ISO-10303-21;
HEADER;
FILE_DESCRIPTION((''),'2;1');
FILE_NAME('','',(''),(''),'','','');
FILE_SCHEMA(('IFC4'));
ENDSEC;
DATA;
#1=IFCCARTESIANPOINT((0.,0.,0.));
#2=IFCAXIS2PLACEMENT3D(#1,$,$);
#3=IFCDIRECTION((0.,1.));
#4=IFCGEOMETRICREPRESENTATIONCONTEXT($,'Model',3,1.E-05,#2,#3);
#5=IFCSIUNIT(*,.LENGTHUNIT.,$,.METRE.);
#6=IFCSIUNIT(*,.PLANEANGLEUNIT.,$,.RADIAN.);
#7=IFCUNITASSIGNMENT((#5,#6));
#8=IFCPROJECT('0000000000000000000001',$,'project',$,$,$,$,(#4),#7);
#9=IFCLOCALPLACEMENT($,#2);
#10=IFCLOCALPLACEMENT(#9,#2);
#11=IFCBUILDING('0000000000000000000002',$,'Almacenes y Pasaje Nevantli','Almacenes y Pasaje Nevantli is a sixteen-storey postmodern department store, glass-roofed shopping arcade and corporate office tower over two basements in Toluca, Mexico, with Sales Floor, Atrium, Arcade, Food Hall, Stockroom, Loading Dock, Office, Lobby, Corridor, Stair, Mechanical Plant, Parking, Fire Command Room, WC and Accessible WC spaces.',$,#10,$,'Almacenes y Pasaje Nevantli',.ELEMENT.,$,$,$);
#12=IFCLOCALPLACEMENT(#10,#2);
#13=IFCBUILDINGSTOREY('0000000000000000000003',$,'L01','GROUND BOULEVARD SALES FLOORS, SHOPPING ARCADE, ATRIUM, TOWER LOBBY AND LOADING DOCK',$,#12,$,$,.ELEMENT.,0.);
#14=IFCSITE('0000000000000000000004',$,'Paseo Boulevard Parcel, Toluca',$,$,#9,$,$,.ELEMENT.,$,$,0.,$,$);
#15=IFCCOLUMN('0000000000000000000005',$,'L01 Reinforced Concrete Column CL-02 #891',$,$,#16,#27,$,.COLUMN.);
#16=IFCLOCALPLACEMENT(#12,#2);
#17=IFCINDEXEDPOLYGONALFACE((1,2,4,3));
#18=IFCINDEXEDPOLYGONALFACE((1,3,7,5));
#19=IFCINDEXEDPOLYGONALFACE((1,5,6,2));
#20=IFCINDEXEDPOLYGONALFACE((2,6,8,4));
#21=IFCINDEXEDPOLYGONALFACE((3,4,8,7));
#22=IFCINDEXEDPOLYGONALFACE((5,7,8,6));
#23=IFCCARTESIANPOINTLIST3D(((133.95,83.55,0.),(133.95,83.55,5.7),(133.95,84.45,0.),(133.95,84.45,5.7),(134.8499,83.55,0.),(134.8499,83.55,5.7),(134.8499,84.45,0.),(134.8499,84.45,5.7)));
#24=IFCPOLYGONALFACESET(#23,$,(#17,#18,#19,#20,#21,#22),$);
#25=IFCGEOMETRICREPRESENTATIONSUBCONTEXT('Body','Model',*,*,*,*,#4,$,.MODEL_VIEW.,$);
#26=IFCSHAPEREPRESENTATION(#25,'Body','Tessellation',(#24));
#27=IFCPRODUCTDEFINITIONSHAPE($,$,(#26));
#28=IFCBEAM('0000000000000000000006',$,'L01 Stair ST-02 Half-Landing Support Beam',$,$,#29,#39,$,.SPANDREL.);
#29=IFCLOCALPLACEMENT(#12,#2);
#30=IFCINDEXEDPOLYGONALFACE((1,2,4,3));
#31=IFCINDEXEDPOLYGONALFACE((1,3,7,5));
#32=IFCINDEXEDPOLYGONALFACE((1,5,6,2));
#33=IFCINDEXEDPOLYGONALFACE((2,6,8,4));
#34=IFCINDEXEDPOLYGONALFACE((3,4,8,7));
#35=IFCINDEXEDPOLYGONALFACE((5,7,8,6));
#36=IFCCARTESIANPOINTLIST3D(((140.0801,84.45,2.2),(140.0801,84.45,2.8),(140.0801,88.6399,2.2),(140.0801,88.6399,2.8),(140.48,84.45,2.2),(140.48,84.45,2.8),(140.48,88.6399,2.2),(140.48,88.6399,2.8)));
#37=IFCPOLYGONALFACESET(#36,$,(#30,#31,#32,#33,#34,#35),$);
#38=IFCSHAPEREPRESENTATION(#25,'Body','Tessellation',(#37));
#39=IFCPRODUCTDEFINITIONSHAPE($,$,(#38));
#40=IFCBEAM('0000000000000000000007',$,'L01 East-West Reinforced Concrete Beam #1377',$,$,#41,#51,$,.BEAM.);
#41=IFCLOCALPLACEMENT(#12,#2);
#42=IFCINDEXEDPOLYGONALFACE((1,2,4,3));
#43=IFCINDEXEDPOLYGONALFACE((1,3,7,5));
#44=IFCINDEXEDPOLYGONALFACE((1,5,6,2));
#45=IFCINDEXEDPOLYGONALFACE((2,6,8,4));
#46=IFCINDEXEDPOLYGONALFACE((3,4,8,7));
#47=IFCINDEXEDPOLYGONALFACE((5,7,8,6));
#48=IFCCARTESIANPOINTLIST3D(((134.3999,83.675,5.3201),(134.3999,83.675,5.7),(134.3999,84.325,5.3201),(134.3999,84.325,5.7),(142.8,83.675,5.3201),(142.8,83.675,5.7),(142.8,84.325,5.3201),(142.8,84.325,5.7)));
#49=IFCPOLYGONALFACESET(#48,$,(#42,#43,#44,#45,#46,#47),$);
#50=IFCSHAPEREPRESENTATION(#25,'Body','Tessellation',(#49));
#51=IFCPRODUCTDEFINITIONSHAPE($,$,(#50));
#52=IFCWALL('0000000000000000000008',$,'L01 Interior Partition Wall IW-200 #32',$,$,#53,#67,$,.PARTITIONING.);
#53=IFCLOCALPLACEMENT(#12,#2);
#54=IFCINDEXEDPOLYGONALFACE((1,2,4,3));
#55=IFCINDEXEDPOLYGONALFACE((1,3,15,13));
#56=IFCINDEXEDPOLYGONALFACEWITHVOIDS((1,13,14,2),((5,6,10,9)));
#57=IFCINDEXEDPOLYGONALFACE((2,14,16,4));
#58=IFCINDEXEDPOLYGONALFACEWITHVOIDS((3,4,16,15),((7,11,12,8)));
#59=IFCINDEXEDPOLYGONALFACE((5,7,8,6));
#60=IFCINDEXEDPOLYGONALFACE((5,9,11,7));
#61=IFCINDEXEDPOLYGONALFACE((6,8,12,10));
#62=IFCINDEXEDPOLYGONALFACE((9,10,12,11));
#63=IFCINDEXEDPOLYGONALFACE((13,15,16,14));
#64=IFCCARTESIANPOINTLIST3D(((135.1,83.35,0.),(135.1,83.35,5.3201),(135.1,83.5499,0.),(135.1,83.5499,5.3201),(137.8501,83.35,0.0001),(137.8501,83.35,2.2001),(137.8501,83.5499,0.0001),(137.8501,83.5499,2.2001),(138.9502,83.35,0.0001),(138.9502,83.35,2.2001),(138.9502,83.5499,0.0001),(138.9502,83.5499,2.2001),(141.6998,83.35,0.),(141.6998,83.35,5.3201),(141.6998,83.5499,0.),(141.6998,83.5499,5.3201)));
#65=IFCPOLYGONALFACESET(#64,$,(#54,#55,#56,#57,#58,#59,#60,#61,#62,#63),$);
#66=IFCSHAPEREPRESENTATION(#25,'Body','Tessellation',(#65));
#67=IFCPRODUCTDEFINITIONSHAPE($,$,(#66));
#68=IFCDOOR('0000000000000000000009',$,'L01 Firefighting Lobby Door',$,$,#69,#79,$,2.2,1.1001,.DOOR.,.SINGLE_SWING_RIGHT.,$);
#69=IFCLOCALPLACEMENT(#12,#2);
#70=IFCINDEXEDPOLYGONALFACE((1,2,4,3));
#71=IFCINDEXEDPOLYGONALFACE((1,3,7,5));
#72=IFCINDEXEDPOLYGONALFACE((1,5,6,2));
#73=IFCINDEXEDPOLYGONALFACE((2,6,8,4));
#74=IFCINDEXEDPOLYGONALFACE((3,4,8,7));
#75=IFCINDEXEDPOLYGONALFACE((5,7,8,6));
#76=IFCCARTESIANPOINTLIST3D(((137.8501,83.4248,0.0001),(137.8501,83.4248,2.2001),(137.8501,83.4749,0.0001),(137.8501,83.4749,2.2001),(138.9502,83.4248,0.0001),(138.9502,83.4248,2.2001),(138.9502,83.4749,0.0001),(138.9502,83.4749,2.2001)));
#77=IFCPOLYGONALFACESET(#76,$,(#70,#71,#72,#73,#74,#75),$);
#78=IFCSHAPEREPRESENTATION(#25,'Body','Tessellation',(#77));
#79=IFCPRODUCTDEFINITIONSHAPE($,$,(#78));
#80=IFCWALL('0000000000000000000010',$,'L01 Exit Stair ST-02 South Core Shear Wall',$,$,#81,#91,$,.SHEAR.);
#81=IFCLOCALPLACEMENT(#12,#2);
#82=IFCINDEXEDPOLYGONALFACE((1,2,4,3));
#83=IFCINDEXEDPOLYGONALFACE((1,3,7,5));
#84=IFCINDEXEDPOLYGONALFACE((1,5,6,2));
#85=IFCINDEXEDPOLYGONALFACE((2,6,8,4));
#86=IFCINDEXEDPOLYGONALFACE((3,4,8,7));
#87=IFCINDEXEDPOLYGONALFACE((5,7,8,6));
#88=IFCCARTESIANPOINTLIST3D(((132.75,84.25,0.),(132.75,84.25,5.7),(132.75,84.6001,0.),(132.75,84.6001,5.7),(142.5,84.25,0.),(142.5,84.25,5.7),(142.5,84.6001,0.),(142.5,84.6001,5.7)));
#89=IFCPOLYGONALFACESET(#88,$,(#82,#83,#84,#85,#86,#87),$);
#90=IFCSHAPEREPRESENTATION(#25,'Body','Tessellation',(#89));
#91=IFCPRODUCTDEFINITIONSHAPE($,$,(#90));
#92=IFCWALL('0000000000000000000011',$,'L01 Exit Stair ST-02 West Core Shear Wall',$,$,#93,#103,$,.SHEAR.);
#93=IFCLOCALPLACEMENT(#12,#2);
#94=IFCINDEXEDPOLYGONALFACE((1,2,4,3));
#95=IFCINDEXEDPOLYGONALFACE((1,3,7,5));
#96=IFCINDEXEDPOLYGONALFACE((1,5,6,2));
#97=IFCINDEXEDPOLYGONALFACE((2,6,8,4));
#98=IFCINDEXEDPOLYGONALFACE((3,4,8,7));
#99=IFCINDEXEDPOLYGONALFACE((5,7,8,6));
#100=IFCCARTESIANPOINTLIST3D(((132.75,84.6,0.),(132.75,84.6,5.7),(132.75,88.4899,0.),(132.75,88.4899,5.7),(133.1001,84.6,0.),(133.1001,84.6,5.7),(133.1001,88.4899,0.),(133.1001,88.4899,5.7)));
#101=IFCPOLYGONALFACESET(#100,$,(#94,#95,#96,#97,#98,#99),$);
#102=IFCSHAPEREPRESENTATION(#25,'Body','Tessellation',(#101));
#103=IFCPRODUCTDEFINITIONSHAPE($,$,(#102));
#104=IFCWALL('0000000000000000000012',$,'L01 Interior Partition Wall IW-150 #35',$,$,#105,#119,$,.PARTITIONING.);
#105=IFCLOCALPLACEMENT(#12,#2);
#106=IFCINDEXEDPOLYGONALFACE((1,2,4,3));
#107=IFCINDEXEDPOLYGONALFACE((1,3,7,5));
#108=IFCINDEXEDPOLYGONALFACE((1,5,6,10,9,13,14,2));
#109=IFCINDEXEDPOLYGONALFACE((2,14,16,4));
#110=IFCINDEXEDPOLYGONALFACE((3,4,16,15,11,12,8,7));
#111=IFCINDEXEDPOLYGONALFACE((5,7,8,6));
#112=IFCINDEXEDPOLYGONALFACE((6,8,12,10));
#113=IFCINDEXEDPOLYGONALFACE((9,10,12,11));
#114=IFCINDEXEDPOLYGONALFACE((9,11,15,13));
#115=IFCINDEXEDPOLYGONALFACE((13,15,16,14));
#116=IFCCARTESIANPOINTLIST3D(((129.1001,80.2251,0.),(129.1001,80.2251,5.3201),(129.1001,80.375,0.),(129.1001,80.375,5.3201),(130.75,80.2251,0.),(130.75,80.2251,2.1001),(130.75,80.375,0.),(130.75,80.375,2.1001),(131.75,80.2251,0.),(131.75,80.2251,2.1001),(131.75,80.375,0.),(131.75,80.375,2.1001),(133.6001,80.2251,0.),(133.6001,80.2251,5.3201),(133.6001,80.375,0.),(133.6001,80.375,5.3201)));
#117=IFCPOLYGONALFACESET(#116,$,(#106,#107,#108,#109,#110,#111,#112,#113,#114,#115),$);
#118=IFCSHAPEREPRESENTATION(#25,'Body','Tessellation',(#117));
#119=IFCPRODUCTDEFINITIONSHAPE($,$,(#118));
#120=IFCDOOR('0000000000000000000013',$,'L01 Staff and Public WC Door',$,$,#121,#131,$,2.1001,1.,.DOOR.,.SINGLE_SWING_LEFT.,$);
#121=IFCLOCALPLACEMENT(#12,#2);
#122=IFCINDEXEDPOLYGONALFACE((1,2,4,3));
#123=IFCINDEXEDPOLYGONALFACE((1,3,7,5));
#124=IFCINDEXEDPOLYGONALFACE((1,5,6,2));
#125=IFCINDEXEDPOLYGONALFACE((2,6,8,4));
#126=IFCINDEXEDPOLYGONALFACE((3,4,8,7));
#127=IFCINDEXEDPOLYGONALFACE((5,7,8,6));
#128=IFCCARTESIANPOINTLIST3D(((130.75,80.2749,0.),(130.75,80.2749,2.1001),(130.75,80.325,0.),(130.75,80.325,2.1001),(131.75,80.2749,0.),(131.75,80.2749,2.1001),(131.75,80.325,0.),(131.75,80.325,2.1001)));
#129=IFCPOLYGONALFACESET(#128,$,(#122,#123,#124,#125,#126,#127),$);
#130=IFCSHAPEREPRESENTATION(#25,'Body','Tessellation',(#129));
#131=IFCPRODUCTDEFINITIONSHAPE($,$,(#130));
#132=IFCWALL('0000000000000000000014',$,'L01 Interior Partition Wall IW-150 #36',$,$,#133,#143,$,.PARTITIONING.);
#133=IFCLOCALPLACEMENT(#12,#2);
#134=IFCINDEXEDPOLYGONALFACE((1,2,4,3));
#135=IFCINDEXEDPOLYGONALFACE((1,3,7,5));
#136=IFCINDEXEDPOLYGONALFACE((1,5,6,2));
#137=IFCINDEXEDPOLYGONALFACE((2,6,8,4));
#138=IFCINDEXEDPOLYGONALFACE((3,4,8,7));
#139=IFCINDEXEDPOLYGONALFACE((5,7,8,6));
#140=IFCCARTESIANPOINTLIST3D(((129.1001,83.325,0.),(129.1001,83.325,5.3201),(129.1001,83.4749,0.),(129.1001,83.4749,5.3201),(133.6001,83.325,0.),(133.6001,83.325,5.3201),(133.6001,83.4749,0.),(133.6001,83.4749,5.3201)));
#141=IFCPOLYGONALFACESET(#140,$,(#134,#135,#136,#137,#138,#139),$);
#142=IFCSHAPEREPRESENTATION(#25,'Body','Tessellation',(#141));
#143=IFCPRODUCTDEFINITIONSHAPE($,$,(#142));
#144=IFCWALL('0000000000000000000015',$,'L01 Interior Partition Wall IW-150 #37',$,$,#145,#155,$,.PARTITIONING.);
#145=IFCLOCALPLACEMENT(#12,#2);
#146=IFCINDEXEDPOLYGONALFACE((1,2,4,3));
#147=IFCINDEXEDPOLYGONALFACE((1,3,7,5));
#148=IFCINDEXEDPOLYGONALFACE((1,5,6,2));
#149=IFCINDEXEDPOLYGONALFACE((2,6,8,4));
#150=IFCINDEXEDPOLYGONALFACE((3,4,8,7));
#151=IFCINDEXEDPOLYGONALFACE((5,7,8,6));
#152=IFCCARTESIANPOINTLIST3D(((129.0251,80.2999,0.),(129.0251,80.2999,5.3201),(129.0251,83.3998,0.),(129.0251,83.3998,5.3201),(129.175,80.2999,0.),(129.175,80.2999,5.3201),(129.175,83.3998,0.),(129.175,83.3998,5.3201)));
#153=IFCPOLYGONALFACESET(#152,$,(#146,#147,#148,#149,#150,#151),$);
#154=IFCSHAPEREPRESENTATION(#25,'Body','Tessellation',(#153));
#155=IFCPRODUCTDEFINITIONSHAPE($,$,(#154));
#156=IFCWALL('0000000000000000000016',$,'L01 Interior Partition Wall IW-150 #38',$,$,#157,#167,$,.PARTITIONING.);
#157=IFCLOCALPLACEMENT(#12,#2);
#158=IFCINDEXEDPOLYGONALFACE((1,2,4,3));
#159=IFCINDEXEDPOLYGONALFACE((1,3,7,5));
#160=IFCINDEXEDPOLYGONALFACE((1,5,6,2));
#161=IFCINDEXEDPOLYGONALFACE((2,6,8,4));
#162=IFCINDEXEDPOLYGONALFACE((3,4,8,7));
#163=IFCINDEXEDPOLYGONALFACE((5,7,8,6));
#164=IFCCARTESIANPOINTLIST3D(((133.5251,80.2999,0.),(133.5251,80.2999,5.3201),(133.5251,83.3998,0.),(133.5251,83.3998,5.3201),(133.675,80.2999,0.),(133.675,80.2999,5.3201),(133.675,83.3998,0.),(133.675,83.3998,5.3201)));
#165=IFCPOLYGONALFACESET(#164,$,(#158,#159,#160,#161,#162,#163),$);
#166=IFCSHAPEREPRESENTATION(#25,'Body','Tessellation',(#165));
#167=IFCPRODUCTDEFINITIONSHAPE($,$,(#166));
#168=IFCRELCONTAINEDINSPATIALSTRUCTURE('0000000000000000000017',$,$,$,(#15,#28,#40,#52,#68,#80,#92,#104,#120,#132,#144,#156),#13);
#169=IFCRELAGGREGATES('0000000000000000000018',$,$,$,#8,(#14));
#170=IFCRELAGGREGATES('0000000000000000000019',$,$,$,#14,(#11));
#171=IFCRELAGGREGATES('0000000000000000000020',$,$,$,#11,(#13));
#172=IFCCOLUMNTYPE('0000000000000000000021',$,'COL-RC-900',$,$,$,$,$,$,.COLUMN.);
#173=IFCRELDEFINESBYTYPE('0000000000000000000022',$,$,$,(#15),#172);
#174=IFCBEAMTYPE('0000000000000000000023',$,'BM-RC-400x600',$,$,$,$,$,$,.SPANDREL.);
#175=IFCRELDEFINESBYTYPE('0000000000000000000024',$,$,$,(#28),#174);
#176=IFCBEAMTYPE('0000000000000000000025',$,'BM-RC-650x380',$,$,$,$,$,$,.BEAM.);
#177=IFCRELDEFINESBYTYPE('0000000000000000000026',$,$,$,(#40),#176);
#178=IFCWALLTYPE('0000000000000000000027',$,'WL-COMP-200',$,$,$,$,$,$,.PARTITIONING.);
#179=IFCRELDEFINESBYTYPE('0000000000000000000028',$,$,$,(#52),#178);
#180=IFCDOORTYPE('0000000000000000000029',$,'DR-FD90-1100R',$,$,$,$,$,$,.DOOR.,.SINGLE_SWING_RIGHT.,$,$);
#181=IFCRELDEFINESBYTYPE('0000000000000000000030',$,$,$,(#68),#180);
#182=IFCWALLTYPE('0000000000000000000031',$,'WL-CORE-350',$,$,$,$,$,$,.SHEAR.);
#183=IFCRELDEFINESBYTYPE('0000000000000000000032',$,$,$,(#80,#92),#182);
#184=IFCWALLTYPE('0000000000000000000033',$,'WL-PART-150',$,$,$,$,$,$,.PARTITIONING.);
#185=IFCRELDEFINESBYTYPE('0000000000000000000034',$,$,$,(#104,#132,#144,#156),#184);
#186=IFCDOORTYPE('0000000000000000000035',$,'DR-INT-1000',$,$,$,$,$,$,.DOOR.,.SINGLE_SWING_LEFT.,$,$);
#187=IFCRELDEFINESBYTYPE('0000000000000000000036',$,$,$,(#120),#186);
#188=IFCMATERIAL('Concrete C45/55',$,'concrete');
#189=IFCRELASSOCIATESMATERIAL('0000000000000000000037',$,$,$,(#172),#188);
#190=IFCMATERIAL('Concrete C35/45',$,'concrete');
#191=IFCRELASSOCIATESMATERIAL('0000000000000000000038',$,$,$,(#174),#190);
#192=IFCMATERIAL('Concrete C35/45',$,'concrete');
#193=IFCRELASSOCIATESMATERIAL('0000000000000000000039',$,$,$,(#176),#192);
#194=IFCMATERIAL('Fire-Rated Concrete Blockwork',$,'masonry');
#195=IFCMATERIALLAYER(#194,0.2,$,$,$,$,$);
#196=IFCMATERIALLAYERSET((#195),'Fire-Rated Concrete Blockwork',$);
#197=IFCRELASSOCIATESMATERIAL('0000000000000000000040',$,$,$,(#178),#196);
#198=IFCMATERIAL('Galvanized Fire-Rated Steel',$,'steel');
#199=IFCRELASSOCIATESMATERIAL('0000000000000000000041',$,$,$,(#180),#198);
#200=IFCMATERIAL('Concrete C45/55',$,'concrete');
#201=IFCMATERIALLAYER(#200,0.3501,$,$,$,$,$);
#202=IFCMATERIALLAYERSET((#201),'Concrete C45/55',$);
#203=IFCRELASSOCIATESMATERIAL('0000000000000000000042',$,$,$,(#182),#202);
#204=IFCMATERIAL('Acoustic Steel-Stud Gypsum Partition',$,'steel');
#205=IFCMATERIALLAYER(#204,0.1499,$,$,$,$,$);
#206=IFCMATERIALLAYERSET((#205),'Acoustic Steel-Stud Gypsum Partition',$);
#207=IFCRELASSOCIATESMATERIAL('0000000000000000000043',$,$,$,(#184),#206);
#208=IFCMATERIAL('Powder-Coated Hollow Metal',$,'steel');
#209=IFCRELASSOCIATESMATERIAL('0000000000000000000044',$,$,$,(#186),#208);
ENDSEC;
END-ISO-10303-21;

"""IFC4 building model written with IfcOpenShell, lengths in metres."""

from ifc_helpers import new_model, si_unit, direction, frame, frame_2d, origin, origin_2d, place, context, subcontext, project, spatial, rectangle, extrude, material, layer, layer_set, material_profile, profile_set, type_object, element, fill, save


model = new_model("IFC4")

# Units and contexts
model_context = context("Model", 3, precision=1e-05, world=origin(), true_north=direction((0.0, 1.0)))
body_context = subcontext(model_context, "Body", "Model", "MODEL_VIEW")
ifc_project = project(units=[si_unit("LENGTHUNIT", "METRE"), si_unit("PLANEANGLEUNIT", "RADIAN")], contexts=[model_context])

# Site, building, storey
site_placement = place(None, origin())
site = spatial("IfcSite", under=ifc_project, at=site_placement, Name="Paseo Boulevard Parcel, Toluca", CompositionType="ELEMENT", RefElevation=0.0)
building_placement = place(site_placement, origin())
building = spatial("IfcBuilding", under=site, at=building_placement, Name="Almacenes y Pasaje Nevantli", Description="Almacenes y Pasaje Nevantli is a sixteen-storey postmodern department store, glass-roofed shopping arcade and corporate office tower over two basements in Toluca, Mexico, with Sales Floor, Atrium, Arcade, Food Hall, Stockroom, Loading Dock, Office, Lobby, Corridor, Stair, Mechanical Plant, Parking, Fire Command Room, WC and Accessible WC spaces.", LongName="Almacenes y Pasaje Nevantli", CompositionType="ELEMENT")
storey_placement = place(building_placement, origin())
storey = spatial("IfcBuildingStorey", under=building, at=storey_placement, Name="L01", Description="GROUND BOULEVARD SALES FLOORS, SHOPPING ARCADE, ATRIUM, TOWER LOBBY AND LOADING DOCK", CompositionType="ELEMENT", Elevation=0.0)

# Column
ifc_material_1 = material(Name="Concrete C45/55", Category="concrete")
ifc_material_profile_1 = material_profile(ifc_material_1, rectangle(XDim=0.8999, YDim=0.8999, at=origin_2d()), Name="RC-COL-900x900")
ifc_profile_set_1 = profile_set([ifc_material_profile_1], Name="Concrete C45/55")
column_type = type_object("IfcColumnType", Name="COL-RC-900", PredefinedType="COLUMN", material=ifc_profile_set_1)
column_placement = place(storey_placement, frame((134.3999, 84.0, 0.0), z_axis=(0.0, 0.0, 1.0), x_axis=(1.0, 0.0, 0.0)))
element("IfcColumn", 1, at=column_placement, inside=storey, type_object=column_type, Name="L01 Reinforced Concrete Column CL-02 #891", PredefinedType="COLUMN", context=body_context, shape_type="SweptSolid", body=[
    extrude(rectangle(XDim=0.8999, YDim=0.8999, at=origin_2d()), origin(), (0.0, 0.0, 1.0), 5.7),
])

# Beams
ifc_material_2 = material(Name="Concrete C35/45", Category="concrete")
ifc_material_profile_2 = material_profile(ifc_material_2, rectangle(XDim=0.3999, YDim=0.6001, at=origin_2d()), Name="RC-BM-400x600")
ifc_profile_set_2 = profile_set([ifc_material_profile_2], Name="Concrete C35/45")
beam_type_1 = type_object("IfcBeamType", Name="BM-RC-400x600", PredefinedType="SPANDREL", material=ifc_profile_set_2)
beam_1_placement = place(storey_placement, frame((140.28, 84.45, 2.5), z_axis=(0.0, 1.0, 0.0), x_axis=(-1.0, 0.0, 0.0)))
element("IfcBeam", 2, at=beam_1_placement, inside=storey, type_object=beam_type_1, Name="L01 Stair ST-02 Half-Landing Support Beam", PredefinedType="SPANDREL", context=body_context, shape_type="SweptSolid", body=[
    extrude(rectangle(XDim=0.3999, YDim=0.6001, at=origin_2d()), origin(), (0.0, 0.0, 1.0), 4.1899),
])
ifc_material_3 = material(Name="Concrete C35/45", Category="concrete")
ifc_material_profile_3 = material_profile(ifc_material_3, rectangle(XDim=0.6499, YDim=0.3799, at=origin_2d()), Name="RC-BM-650x380")
ifc_profile_set_3 = profile_set([ifc_material_profile_3], Name="Concrete C35/45")
beam_type_2 = type_object("IfcBeamType", Name="BM-RC-650x380", PredefinedType="BEAM", material=ifc_profile_set_3)
beam_2_placement = place(storey_placement, frame((134.3999, 84.0, 5.51), z_axis=(1.0, 0.0, 0.0), x_axis=(0.0, 1.0, 0.0)))
element("IfcBeam", 3, at=beam_2_placement, inside=storey, type_object=beam_type_2, Name="L01 East-West Reinforced Concrete Beam #1377", PredefinedType="BEAM", context=body_context, shape_type="SweptSolid", body=[
    extrude(rectangle(XDim=0.6499, YDim=0.3799, at=origin_2d()), origin(), (0.0, 0.0, 1.0), 8.4001),
])

# Wall, opening, door
ifc_material_4 = material(Name="Fire-Rated Concrete Blockwork", Category="masonry")
ifc_layer_1 = layer(ifc_material_4, 0.2)
ifc_layer_set_1 = layer_set([ifc_layer_1], Name="Fire-Rated Concrete Blockwork")
wall_type_1 = type_object("IfcWallType", Name="WL-COMP-200", PredefinedType="PARTITIONING", material=ifc_layer_set_1)
wall_1_placement = place(storey_placement, frame((135.1001, 83.45, 0.0), z_axis=(0.0, 0.0, 1.0), x_axis=(1.0, 0.0, 0.0)))
wall_1 = element("IfcWall", 4, at=wall_1_placement, inside=storey, type_object=wall_type_1, Name="L01 Interior Partition Wall IW-200 #32", PredefinedType="PARTITIONING", context=body_context, shape_type="SweptSolid", body=[
    extrude(rectangle(XDim=6.5999, YDim=0.2, at=frame_2d((3.2998, 0.0))), origin(), (0.0, 0.0, 1.0), 5.3201),
])
opening_1_placement = place(wall_1_placement, frame((2.75, 0.0, 0.0)))
opening_1 = element("IfcOpeningElement", 5, at=opening_1_placement, cuts=wall_1, PredefinedType="OPENING", context=body_context, shape_type="SweptSolid", body=[
    extrude(rectangle(XDim=1.1001, YDim=2.2, at=frame_2d((0.55, 1.1001))), frame((0.0, 0.1099, 0.0), z_axis=(0.0, -1.0, 0.0), x_axis=(1.0, 0.0, 0.0)), (0.0, 0.0, 1.0), 0.22),
])
ifc_material_5 = material(Name="Galvanized Fire-Rated Steel", Category="steel")
door_type_1 = type_object("IfcDoorType", Name="DR-FD90-1100R", OperationType="SINGLE_SWING_RIGHT", PredefinedType="DOOR", material=ifc_material_5)
door_1_placement = place(opening_1_placement, origin())
door_1 = element("IfcDoor", 6, at=door_1_placement, inside=storey, type_object=door_type_1, Name="L01 Firefighting Lobby Door", OperationType="SINGLE_SWING_RIGHT", OverallHeight=2.2, OverallWidth=1.1001, PredefinedType="DOOR", context=body_context, shape_type="SweptSolid", body=[
    extrude(rectangle(XDim=1.1001, YDim=2.2, at=frame_2d((0.55, 1.1001))), frame((0.0, 0.0249, 0.0), z_axis=(0.0, -1.0, 0.0), x_axis=(1.0, 0.0, 0.0)), (0.0, 0.0, 1.0), 0.05),
])
fill(opening_1, door_1)

# Walls
ifc_material_6 = material(Name="Concrete C45/55", Category="concrete")
ifc_layer_2 = layer(ifc_material_6, 0.3501)
ifc_layer_set_2 = layer_set([ifc_layer_2], Name="Concrete C45/55")
wall_type_2 = type_object("IfcWallType", Name="WL-CORE-350", PredefinedType="SHEAR", material=ifc_layer_set_2)
wall_2_placement = place(storey_placement, frame((132.75, 84.425, 0.0), z_axis=(0.0, 0.0, 1.0), x_axis=(1.0, 0.0, 0.0)))
element("IfcWall", 7, at=wall_2_placement, inside=storey, type_object=wall_type_2, Name="L01 Exit Stair ST-02 South Core Shear Wall", PredefinedType="SHEAR", context=body_context, shape_type="SweptSolid", body=[
    extrude(rectangle(XDim=9.75, YDim=0.3501, at=frame_2d((4.875, 0.0))), origin(), (0.0, 0.0, 1.0), 5.7),
])
wall_3_placement = place(storey_placement, frame((132.925, 84.6001, 0.0), z_axis=(0.0, 0.0, 1.0), x_axis=(0.0, 1.0, 0.0)))
element("IfcWall", 8, at=wall_3_placement, inside=storey, type_object=wall_type_2, Name="L01 Exit Stair ST-02 West Core Shear Wall", PredefinedType="SHEAR", context=body_context, shape_type="SweptSolid", body=[
    extrude(rectangle(XDim=3.8899, YDim=0.3501, at=frame_2d((1.9448, 0.0))), origin(), (0.0, 0.0, 1.0), 5.7),
])

# Wall, opening, door
ifc_material_7 = material(Name="Acoustic Steel-Stud Gypsum Partition", Category="steel")
ifc_layer_3 = layer(ifc_material_7, 0.1499)
ifc_layer_set_3 = layer_set([ifc_layer_3], Name="Acoustic Steel-Stud Gypsum Partition")
wall_type_3 = type_object("IfcWallType", Name="WL-PART-150", PredefinedType="PARTITIONING", material=ifc_layer_set_3)
wall_4_placement = place(storey_placement, frame((129.1001, 80.3, 0.0), z_axis=(0.0, 0.0, 1.0), x_axis=(1.0, 0.0, 0.0)))
wall_4 = element("IfcWall", 9, at=wall_4_placement, inside=storey, type_object=wall_type_3, Name="L01 Interior Partition Wall IW-150 #35", PredefinedType="PARTITIONING", context=body_context, shape_type="SweptSolid", body=[
    extrude(rectangle(XDim=4.5, YDim=0.1499, at=frame_2d((2.25, 0.0))), origin(), (0.0, 0.0, 1.0), 5.3201),
])
opening_2_placement = place(wall_4_placement, frame((1.6499, 0.0, 0.0)))
opening_2 = element("IfcOpeningElement", 10, at=opening_2_placement, cuts=wall_4, PredefinedType="OPENING", context=body_context, shape_type="SweptSolid", body=[
    extrude(rectangle(XDim=1.0, YDim=2.1001, at=frame_2d((0.5, 1.05))), frame((0.0, 0.085, 0.0), z_axis=(0.0, -1.0, 0.0), x_axis=(1.0, 0.0, 0.0)), (0.0, 0.0, 1.0), 0.1699),
])
ifc_material_8 = material(Name="Powder-Coated Hollow Metal", Category="steel")
door_type_2 = type_object("IfcDoorType", Name="DR-INT-1000", OperationType="SINGLE_SWING_LEFT", PredefinedType="DOOR", material=ifc_material_8)
door_2_placement = place(opening_2_placement, origin())
door_2 = element("IfcDoor", 11, at=door_2_placement, inside=storey, type_object=door_type_2, Name="L01 Staff and Public WC Door", OperationType="SINGLE_SWING_LEFT", OverallHeight=2.1001, OverallWidth=1.0, PredefinedType="DOOR", context=body_context, shape_type="SweptSolid", body=[
    extrude(rectangle(XDim=1.0, YDim=2.1001, at=frame_2d((0.5, 1.05))), frame((0.0, 0.0249, 0.0), z_axis=(0.0, -1.0, 0.0), x_axis=(1.0, 0.0, 0.0)), (0.0, 0.0, 1.0), 0.05),
])
fill(opening_2, door_2)

# Walls
wall_5_placement = place(storey_placement, frame((129.1001, 83.3999, 0.0), z_axis=(0.0, 0.0, 1.0), x_axis=(1.0, 0.0, 0.0)))
element("IfcWall", 12, at=wall_5_placement, inside=storey, type_object=wall_type_3, Name="L01 Interior Partition Wall IW-150 #36", PredefinedType="PARTITIONING", context=body_context, shape_type="SweptSolid", body=[
    extrude(rectangle(XDim=4.5, YDim=0.1499, at=frame_2d((2.25, 0.0))), origin(), (0.0, 0.0, 1.0), 5.3201),
])
for number, where, z_axis, x_axis, name in (
    (13, (129.1001, 80.3, 0.0), (0.0, 0.0, 1.0), (0.0, 1.0, 0.0), "L01 Interior Partition Wall IW-150 #37"),
    (14, (133.6001, 80.3, 0.0), (0.0, 0.0, 1.0), (0.0, 1.0, 0.0), "L01 Interior Partition Wall IW-150 #38"),
):
    element("IfcWall", number, at=place(storey_placement, frame(where, z_axis=z_axis, x_axis=x_axis)), inside=storey, type_object=wall_type_3, Name=name, PredefinedType="PARTITIONING", context=body_context, shape_type="SweptSolid", body=[
        extrude(rectangle(XDim=3.0999, YDim=0.1499, at=frame_2d((1.5498, 0.0))), origin(), (0.0, 0.0, 1.0), 5.3201),
    ])

save(model, "model.ifc")
